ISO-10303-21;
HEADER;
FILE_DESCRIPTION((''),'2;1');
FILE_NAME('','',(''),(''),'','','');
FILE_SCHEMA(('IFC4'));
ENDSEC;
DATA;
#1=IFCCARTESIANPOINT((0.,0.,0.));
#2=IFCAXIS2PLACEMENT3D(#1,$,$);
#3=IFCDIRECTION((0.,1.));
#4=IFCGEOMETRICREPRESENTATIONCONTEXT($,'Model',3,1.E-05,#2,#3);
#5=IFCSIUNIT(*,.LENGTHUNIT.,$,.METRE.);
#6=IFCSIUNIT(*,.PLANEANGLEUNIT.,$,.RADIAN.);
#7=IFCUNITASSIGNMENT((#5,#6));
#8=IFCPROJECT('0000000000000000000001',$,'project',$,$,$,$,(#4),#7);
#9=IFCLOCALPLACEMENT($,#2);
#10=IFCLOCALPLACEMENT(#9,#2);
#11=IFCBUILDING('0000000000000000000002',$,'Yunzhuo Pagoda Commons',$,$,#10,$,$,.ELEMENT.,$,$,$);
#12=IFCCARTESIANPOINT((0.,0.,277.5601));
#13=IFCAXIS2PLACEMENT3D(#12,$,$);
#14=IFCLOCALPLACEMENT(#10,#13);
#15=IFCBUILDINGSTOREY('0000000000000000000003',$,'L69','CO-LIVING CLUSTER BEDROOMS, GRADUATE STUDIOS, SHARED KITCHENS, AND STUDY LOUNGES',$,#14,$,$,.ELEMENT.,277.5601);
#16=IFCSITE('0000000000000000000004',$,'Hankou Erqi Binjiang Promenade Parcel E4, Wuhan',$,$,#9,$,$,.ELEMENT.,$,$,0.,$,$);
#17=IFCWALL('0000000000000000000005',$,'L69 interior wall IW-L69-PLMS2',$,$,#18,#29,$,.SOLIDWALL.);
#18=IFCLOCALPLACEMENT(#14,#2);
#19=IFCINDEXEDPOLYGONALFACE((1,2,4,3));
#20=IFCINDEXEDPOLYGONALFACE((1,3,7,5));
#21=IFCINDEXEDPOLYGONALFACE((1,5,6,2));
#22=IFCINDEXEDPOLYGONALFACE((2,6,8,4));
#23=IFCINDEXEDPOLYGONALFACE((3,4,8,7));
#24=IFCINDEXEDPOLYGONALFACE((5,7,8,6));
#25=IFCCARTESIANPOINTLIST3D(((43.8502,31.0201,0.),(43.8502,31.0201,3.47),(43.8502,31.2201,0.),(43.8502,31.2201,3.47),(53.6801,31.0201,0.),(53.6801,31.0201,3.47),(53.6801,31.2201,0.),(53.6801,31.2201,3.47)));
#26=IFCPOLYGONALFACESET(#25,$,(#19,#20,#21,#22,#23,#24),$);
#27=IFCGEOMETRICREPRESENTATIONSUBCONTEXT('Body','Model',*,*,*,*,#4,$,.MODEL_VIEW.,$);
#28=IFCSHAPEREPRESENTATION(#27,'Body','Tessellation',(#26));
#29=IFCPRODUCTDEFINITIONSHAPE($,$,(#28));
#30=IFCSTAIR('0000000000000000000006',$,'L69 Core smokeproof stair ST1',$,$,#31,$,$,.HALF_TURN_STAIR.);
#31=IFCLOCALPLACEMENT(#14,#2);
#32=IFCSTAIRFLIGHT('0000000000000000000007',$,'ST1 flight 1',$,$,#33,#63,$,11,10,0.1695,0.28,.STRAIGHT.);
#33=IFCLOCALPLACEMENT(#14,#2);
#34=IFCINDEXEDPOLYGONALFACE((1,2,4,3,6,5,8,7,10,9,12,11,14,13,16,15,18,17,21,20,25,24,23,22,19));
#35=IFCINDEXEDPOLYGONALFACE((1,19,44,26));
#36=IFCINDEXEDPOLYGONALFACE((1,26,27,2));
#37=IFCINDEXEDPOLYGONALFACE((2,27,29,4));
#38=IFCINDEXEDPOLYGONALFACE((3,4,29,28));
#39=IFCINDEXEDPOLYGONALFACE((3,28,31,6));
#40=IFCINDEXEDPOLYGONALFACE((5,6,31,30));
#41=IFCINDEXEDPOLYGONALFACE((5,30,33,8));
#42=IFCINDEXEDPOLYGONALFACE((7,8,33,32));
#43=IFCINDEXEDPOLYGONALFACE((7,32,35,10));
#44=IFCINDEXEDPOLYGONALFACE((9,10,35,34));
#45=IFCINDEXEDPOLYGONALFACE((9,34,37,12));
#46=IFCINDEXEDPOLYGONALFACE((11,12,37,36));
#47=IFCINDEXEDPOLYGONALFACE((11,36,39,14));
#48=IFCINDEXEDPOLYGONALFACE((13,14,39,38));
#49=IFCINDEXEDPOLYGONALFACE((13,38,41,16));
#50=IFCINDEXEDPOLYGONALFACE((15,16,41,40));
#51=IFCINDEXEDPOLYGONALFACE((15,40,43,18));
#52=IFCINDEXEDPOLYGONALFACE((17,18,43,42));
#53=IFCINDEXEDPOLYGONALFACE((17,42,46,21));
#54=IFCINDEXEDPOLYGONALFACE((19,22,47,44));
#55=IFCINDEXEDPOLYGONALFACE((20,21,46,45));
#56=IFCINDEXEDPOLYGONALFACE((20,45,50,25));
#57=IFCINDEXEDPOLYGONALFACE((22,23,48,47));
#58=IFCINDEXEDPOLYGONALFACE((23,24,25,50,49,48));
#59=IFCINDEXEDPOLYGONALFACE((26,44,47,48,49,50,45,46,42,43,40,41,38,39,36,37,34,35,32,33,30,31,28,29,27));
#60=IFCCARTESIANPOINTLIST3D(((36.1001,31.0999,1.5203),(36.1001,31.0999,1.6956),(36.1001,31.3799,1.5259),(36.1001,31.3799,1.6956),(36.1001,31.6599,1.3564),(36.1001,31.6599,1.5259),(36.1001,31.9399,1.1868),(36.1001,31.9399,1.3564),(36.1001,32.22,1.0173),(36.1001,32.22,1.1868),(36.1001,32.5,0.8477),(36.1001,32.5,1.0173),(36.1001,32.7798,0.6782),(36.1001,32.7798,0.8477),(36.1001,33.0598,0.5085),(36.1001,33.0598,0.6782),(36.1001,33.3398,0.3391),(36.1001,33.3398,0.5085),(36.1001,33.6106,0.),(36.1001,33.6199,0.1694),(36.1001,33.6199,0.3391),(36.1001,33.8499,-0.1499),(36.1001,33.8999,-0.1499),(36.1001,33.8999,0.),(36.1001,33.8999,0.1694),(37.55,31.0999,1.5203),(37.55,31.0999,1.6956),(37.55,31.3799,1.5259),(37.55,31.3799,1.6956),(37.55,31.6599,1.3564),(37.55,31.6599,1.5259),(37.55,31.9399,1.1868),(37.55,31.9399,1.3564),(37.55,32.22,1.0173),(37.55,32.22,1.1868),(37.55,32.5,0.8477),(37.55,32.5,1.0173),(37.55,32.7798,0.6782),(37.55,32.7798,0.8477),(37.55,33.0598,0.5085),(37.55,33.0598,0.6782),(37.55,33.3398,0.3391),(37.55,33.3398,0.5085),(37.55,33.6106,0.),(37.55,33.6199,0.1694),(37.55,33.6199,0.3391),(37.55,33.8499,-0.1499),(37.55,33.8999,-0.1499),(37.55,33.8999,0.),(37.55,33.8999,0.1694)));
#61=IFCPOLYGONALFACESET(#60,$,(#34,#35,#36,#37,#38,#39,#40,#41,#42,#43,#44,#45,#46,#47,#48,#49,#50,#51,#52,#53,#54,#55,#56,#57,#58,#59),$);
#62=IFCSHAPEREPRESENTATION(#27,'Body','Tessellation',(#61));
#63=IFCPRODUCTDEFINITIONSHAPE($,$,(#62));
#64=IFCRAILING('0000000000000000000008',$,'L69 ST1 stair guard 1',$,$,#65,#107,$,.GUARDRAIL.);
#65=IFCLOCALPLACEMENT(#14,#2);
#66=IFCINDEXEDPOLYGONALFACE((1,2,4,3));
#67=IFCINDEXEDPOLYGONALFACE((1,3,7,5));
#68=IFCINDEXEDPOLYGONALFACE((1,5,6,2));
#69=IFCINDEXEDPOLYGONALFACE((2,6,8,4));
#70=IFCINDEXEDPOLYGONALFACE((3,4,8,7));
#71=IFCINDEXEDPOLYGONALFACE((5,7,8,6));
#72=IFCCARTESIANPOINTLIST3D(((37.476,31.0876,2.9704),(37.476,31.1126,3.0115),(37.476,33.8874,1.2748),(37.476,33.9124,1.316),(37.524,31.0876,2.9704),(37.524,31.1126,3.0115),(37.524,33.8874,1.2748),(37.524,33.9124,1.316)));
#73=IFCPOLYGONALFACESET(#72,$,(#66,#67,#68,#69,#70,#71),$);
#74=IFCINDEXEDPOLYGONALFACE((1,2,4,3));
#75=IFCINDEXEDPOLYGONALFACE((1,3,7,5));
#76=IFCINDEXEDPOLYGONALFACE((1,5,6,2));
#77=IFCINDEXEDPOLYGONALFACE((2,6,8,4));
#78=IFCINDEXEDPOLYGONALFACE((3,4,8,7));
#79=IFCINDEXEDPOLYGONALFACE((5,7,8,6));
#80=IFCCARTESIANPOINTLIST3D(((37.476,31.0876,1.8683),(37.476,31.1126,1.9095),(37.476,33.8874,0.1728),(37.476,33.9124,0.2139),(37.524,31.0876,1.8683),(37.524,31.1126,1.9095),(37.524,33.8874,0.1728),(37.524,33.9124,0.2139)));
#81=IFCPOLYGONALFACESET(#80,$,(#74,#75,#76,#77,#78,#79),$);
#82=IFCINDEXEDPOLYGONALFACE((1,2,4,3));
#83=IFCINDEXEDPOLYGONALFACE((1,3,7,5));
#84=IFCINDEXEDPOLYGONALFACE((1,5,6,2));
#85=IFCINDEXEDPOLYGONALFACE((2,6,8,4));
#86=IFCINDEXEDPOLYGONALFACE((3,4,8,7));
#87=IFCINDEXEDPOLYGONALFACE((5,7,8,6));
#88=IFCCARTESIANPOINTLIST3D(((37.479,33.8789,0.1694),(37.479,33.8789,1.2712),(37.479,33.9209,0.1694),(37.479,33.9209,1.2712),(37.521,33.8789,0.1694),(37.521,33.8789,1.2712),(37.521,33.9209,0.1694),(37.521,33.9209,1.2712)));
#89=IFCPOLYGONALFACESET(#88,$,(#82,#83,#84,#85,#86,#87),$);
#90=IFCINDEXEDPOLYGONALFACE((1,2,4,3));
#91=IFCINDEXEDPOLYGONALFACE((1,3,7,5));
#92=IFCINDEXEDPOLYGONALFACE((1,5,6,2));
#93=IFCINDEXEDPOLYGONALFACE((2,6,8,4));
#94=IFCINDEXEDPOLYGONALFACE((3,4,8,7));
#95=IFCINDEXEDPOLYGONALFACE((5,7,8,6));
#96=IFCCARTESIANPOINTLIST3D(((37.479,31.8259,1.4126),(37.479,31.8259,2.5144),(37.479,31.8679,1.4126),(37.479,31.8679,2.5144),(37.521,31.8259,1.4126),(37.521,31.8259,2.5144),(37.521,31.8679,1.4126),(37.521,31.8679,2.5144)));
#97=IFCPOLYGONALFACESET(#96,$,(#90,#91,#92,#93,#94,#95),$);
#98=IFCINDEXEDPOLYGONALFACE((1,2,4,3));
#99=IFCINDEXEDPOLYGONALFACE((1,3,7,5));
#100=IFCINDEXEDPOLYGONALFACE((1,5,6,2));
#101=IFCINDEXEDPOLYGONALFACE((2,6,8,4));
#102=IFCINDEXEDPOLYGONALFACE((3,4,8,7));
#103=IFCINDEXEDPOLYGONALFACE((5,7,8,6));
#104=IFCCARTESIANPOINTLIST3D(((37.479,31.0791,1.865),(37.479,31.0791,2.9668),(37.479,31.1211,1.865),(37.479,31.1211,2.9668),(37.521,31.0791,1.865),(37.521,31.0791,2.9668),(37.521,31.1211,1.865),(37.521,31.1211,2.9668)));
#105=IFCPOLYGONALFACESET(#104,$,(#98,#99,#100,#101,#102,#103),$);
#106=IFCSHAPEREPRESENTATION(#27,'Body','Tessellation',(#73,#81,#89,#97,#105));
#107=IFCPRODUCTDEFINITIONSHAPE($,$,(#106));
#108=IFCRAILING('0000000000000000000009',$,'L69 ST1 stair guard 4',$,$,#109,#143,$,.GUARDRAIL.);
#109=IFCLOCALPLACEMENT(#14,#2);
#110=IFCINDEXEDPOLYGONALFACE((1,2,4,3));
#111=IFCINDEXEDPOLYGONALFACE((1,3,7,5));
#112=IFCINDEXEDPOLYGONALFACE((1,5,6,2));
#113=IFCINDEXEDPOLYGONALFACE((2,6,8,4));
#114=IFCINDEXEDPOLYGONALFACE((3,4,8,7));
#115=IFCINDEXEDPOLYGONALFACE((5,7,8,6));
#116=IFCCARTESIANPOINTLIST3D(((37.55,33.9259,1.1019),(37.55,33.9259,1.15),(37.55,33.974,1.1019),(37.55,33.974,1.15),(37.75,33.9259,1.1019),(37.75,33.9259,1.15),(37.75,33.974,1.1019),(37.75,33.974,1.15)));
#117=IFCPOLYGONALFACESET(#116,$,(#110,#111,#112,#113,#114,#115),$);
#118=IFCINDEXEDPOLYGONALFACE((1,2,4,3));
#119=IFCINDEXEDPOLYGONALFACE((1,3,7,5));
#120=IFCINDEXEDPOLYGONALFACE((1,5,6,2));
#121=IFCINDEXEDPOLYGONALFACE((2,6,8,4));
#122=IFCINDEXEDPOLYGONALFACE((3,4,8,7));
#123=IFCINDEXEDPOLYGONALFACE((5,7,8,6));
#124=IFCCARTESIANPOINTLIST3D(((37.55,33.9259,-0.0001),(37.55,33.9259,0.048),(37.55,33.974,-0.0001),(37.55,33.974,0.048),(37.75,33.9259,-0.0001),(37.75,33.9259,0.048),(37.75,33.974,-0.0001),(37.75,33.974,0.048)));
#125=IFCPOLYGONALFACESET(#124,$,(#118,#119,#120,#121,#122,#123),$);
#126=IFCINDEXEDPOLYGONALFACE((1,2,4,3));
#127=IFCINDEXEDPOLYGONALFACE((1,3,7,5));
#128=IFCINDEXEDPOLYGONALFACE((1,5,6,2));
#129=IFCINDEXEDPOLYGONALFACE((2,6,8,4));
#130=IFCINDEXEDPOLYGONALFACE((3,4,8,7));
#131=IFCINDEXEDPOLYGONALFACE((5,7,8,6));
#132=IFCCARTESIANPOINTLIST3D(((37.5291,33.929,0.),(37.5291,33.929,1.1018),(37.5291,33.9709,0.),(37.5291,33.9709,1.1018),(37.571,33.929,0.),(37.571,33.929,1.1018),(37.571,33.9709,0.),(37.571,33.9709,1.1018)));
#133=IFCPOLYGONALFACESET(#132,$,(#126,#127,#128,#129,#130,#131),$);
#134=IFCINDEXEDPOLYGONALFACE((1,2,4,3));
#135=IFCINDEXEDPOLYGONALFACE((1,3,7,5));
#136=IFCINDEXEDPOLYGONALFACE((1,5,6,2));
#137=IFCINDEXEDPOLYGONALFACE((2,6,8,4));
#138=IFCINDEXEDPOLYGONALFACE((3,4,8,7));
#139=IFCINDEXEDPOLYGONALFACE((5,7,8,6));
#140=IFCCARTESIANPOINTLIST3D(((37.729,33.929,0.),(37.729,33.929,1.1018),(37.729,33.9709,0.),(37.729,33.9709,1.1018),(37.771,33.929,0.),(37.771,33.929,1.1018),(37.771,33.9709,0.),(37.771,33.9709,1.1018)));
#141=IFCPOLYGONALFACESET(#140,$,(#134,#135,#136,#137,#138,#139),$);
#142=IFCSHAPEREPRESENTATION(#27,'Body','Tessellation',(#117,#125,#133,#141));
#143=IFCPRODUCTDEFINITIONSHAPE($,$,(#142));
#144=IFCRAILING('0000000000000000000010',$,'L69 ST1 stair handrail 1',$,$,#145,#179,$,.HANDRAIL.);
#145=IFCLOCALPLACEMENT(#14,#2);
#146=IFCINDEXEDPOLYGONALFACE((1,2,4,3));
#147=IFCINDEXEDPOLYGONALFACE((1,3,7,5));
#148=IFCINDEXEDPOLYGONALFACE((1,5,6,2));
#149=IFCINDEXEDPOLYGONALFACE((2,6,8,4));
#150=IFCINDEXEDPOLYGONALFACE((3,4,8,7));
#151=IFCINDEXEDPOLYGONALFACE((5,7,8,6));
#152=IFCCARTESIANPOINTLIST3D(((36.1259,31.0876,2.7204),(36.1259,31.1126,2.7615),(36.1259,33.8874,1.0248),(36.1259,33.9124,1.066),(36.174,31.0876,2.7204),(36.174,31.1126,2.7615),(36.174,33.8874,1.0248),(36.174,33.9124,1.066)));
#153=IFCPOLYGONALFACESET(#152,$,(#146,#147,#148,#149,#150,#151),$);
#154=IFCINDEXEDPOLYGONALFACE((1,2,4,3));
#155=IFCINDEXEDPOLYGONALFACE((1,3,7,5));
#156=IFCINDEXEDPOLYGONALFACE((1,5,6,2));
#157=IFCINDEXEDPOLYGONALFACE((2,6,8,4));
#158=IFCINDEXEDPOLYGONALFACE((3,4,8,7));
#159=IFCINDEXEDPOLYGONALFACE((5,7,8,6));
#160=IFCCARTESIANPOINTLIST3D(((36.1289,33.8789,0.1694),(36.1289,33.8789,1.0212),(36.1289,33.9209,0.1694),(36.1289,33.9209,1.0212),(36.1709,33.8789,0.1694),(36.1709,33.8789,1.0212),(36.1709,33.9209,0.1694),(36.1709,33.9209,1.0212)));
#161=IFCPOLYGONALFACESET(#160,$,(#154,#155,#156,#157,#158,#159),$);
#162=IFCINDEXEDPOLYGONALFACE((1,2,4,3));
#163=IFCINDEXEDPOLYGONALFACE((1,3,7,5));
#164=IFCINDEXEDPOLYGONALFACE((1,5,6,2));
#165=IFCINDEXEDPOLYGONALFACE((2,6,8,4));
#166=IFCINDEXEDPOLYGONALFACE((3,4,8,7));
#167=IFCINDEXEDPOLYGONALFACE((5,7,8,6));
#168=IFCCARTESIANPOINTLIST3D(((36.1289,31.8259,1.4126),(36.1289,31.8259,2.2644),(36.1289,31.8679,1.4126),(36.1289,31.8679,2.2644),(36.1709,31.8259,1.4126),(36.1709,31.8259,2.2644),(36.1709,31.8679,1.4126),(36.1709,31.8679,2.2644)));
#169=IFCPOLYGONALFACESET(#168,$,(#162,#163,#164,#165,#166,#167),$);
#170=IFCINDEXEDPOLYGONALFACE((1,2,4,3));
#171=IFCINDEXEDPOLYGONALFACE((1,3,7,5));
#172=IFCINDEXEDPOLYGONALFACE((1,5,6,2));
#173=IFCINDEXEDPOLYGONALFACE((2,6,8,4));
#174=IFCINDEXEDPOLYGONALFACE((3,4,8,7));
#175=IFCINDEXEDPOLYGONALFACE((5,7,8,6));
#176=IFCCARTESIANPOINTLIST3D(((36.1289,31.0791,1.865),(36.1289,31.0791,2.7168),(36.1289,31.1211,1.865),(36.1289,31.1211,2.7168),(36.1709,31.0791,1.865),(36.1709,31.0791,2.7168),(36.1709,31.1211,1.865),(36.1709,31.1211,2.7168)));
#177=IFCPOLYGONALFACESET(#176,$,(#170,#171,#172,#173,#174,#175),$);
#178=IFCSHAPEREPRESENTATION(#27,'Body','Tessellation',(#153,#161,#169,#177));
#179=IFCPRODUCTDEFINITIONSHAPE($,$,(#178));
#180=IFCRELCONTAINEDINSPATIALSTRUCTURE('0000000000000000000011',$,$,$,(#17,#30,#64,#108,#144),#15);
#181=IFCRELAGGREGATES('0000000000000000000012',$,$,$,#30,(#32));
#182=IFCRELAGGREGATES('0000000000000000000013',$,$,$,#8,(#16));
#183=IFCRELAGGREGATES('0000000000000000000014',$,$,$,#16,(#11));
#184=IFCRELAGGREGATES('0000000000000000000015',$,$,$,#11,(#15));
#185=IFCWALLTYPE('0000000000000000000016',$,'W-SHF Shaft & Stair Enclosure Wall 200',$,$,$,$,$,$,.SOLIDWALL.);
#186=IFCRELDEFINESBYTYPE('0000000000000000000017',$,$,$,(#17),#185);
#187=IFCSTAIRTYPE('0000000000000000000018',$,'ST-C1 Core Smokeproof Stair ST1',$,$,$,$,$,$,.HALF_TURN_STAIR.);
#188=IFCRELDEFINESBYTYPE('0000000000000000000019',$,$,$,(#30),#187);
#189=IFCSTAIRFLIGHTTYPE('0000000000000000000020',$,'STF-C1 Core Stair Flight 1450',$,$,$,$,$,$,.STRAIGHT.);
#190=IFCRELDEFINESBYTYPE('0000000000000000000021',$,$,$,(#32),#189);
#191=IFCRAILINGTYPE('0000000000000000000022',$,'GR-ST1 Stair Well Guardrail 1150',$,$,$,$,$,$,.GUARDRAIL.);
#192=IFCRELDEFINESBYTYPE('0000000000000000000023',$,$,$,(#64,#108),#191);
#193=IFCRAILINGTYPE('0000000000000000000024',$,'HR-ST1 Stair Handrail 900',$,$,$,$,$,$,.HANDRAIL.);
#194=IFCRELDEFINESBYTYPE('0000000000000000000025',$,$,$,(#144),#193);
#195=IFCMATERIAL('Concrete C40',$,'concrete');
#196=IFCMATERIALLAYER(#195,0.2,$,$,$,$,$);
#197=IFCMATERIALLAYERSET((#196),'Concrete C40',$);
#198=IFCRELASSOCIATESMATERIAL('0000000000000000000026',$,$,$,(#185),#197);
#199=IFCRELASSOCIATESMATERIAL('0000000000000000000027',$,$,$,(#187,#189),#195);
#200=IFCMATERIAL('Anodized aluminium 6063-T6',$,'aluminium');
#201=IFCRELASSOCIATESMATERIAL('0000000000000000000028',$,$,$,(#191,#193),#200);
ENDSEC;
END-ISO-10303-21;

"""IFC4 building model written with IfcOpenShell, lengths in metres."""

from ifc_helpers import new_model, si_unit, direction, frame, frame_2d, origin, origin_2d, place, context, subcontext, project, spatial, polyline, rectangle, outline, extrude, source, transform, mapped, material, layer, layer_set, type_object, element, aggregate, save


model = new_model("IFC4")

# Units and contexts
model_context = context("Model", 3, precision=1e-05, world=origin(), true_north=direction((0.0, 1.0)))
body_context = subcontext(model_context, "Body", "Model", "MODEL_VIEW")
ifc_project = project(units=[si_unit("LENGTHUNIT", "METRE"), si_unit("PLANEANGLEUNIT", "RADIAN")], contexts=[model_context])

# Site, building, storey
site_placement = place(None, origin())
site = spatial("IfcSite", under=ifc_project, at=site_placement, Name="Hankou Erqi Binjiang Promenade Parcel E4, Wuhan", CompositionType="ELEMENT", RefElevation=0.0)
building_placement = place(site_placement, origin())
building = spatial("IfcBuilding", under=site, at=building_placement, Name="Yunzhuo Pagoda Commons", CompositionType="ELEMENT")
storey_placement = place(building_placement, frame((0.0, 0.0, 277.5601)))
storey = spatial("IfcBuildingStorey", under=building, at=storey_placement, Name="L69", Description="CO-LIVING CLUSTER BEDROOMS, GRADUATE STUDIOS, SHARED KITCHENS, AND STUDY LOUNGES", CompositionType="ELEMENT", Elevation=277.5601)

# Shared definitions
ifc_material_1 = material(Name="Concrete C40", Category="concrete")
ifc_layer_1 = layer(ifc_material_1, 0.2)
ifc_layer_set_1 = layer_set([ifc_layer_1], Name="Concrete C40")
wall_type_1 = type_object("IfcWallType", Name="W-SHF Shaft & Stair Enclosure Wall 200", PredefinedType="SOLIDWALL", material=ifc_layer_set_1)

# Wall
wall_1_placement = place(storey_placement, frame((43.8501, 31.1201, 0.0), z_axis=(0.0, 0.0, 1.0), x_axis=(1.0, 0.0, 0.0)))
element("IfcWall", 1, at=wall_1_placement, inside=storey, type_object=wall_type_1, Name="L69 interior wall IW-L69-PLMS2", PredefinedType="SOLIDWALL", context=body_context, shape_type="SweptSolid", body=[
    extrude(rectangle(XDim=9.8298, YDim=0.2, at=frame_2d((4.915, 0.0))), origin(), (0.0, 0.0, 1.0), 3.47),
])

# Stair, stair flight
stair_type = type_object("IfcStairType", Name="ST-C1 Core Smokeproof Stair ST1", PredefinedType="HALF_TURN_STAIR", material=ifc_material_1)
stair_placement = place(storey_placement, origin())
stair = element("IfcStair", 2, at=stair_placement, inside=storey, type_object=stair_type, Name="L69 Core smokeproof stair ST1", PredefinedType="HALF_TURN_STAIR")
stair_flight_type = type_object("IfcStairFlightType", Name="STF-C1 Core Stair Flight 1450", PredefinedType="STRAIGHT", material=ifc_material_1)
shared_shape_1 = source(origin(), body_context, "Body", "SweptSolid", [
    extrude(outline(polyline([(0.0, -0.1499), (0.0, 0.0), (0.0, 0.1694), (0.28, 0.1694), (0.28, 0.3391), (0.5601, 0.3391), (0.5601, 0.5085), (0.8401, 0.5085), (0.8401, 0.6782), (1.1201, 0.6782), (1.1201, 0.8477), (1.3999, 0.8477), (1.3999, 1.0173), (1.6799, 1.0173), (1.6799, 1.1868), (1.96, 1.1868), (1.96, 1.3564), (2.24, 1.3564), (2.24, 1.5259), (2.52, 1.5259), (2.52, 1.6956), (2.8, 1.6956), (2.8, 1.865), (2.8, 1.5203), (0.2893, 0.0), (0.05, -0.1499), (0.0, -0.1499)])), frame((0.0, 0.7251, 0.0), z_axis=(0.0, -1.0, 0.0), x_axis=(1.0, 0.0, 0.0)), (0.0, 0.0, 1.0), 1.45),
])
stair_flight_placement = place(storey_placement, frame((36.825, 33.8999, 0.0), z_axis=(0.0, 0.0, 1.0), x_axis=(0.0, -1.0, 0.0)))
stair_flight = element("IfcStairFlight", 3, at=stair_flight_placement, type_object=stair_flight_type, Name="ST1 flight 1", NumberOfRisers=11, NumberOfTreads=10, PredefinedType="STRAIGHT", RiserHeight=0.1695, TreadLength=0.28, context=body_context, shape_type="MappedRepresentation", body=[
    mapped(shared_shape_1, transform((0.0, 0.0, 0.0), scale=1.0)),
])
aggregate(stair, [stair_flight])

# Railings
ifc_material_2 = material(Name="Anodized aluminium 6063-T6", Category="aluminium")
railing_type_1 = type_object("IfcRailingType", Name="GR-ST1 Stair Well Guardrail 1150", PredefinedType="GUARDRAIL", material=ifc_material_2)
railing_1_placement = place(storey_placement, frame((37.5, 33.8999, 0.1694)))
element("IfcRailing", 4, at=railing_1_placement, inside=storey, type_object=railing_type_1, Name="L69 ST1 stair guard 1", PredefinedType="GUARDRAIL", context=body_context, shape_type="SweptSolid", body=[
    extrude(rectangle(XDim=0.0481, YDim=0.0481, at=origin_2d()), frame((0.0, 0.0, 1.126), z_axis=(0.0, -0.855373, 0.518012), x_axis=(1.0, 0.0, 0.0)), (0.0, 0.0, 1.0), 3.2732),
    extrude(rectangle(XDim=0.0481, YDim=0.0481, at=origin_2d()), frame((0.0, 0.0, 0.0239), z_axis=(0.0, -0.855373, 0.518012), x_axis=(1.0, 0.0, 0.0)), (0.0, 0.0, 1.0), 3.2732),
    extrude(rectangle(XDim=0.042, YDim=0.042, at=origin_2d()), origin(), (0.0, 0.0, 1.0), 1.1018),
    extrude(rectangle(XDim=0.042, YDim=0.042, at=origin_2d()), frame((0.0, -2.053, 1.2432)), (0.0, 0.0, 1.0), 1.1018),
    extrude(rectangle(XDim=0.042, YDim=0.042, at=origin_2d()), frame((0.0, -2.7998, 1.6956)), (0.0, 0.0, 1.0), 1.1018),
])
railing_2_placement = place(storey_placement, frame((37.55, 33.95, 0.0)))
element("IfcRailing", 5, at=railing_2_placement, inside=storey, type_object=railing_type_1, Name="L69 ST1 stair guard 4", PredefinedType="GUARDRAIL", context=body_context, shape_type="SweptSolid", body=[
    extrude(rectangle(XDim=0.0481, YDim=0.0481, at=origin_2d()), frame((0.0, 0.0, 1.126), z_axis=(1.0, 0.0, 0.0), x_axis=(0.0, 1.0, 0.0)), (0.0, 0.0, 1.0), 0.2),
    extrude(rectangle(XDim=0.0481, YDim=0.0481, at=origin_2d()), frame((0.0, 0.0, 0.0239), z_axis=(1.0, 0.0, 0.0), x_axis=(0.0, 1.0, 0.0)), (0.0, 0.0, 1.0), 0.2),
    extrude(rectangle(XDim=0.042, YDim=0.042, at=origin_2d()), origin(), (0.0, 0.0, 1.0), 1.1018),
    extrude(rectangle(XDim=0.042, YDim=0.042, at=origin_2d()), frame((0.2, 0.0, 0.0)), (0.0, 0.0, 1.0), 1.1018),
])
railing_type_2 = type_object("IfcRailingType", Name="HR-ST1 Stair Handrail 900", PredefinedType="HANDRAIL", material=ifc_material_2)
railing_3_placement = place(storey_placement, frame((36.1499, 33.8999, 0.1694)))
element("IfcRailing", 6, at=railing_3_placement, inside=storey, type_object=railing_type_2, Name="L69 ST1 stair handrail 1", PredefinedType="HANDRAIL", context=body_context, shape_type="SweptSolid", body=[
    extrude(rectangle(XDim=0.0481, YDim=0.0481, at=origin_2d()), frame((0.0, 0.0, 0.876), z_axis=(0.0, -0.855373, 0.518012), x_axis=(1.0, 0.0, 0.0)), (0.0, 0.0, 1.0), 3.2732),
    extrude(rectangle(XDim=0.042, YDim=0.042, at=origin_2d()), origin(), (0.0, 0.0, 1.0), 0.8518),
    extrude(rectangle(XDim=0.042, YDim=0.042, at=origin_2d()), frame((0.0, -2.053, 1.2432)), (0.0, 0.0, 1.0), 0.8518),
    extrude(rectangle(XDim=0.042, YDim=0.042, at=origin_2d()), frame((0.0, -2.7998, 1.6956)), (0.0, 0.0, 1.0), 0.8518),
])

save(model, "model.ifc")
